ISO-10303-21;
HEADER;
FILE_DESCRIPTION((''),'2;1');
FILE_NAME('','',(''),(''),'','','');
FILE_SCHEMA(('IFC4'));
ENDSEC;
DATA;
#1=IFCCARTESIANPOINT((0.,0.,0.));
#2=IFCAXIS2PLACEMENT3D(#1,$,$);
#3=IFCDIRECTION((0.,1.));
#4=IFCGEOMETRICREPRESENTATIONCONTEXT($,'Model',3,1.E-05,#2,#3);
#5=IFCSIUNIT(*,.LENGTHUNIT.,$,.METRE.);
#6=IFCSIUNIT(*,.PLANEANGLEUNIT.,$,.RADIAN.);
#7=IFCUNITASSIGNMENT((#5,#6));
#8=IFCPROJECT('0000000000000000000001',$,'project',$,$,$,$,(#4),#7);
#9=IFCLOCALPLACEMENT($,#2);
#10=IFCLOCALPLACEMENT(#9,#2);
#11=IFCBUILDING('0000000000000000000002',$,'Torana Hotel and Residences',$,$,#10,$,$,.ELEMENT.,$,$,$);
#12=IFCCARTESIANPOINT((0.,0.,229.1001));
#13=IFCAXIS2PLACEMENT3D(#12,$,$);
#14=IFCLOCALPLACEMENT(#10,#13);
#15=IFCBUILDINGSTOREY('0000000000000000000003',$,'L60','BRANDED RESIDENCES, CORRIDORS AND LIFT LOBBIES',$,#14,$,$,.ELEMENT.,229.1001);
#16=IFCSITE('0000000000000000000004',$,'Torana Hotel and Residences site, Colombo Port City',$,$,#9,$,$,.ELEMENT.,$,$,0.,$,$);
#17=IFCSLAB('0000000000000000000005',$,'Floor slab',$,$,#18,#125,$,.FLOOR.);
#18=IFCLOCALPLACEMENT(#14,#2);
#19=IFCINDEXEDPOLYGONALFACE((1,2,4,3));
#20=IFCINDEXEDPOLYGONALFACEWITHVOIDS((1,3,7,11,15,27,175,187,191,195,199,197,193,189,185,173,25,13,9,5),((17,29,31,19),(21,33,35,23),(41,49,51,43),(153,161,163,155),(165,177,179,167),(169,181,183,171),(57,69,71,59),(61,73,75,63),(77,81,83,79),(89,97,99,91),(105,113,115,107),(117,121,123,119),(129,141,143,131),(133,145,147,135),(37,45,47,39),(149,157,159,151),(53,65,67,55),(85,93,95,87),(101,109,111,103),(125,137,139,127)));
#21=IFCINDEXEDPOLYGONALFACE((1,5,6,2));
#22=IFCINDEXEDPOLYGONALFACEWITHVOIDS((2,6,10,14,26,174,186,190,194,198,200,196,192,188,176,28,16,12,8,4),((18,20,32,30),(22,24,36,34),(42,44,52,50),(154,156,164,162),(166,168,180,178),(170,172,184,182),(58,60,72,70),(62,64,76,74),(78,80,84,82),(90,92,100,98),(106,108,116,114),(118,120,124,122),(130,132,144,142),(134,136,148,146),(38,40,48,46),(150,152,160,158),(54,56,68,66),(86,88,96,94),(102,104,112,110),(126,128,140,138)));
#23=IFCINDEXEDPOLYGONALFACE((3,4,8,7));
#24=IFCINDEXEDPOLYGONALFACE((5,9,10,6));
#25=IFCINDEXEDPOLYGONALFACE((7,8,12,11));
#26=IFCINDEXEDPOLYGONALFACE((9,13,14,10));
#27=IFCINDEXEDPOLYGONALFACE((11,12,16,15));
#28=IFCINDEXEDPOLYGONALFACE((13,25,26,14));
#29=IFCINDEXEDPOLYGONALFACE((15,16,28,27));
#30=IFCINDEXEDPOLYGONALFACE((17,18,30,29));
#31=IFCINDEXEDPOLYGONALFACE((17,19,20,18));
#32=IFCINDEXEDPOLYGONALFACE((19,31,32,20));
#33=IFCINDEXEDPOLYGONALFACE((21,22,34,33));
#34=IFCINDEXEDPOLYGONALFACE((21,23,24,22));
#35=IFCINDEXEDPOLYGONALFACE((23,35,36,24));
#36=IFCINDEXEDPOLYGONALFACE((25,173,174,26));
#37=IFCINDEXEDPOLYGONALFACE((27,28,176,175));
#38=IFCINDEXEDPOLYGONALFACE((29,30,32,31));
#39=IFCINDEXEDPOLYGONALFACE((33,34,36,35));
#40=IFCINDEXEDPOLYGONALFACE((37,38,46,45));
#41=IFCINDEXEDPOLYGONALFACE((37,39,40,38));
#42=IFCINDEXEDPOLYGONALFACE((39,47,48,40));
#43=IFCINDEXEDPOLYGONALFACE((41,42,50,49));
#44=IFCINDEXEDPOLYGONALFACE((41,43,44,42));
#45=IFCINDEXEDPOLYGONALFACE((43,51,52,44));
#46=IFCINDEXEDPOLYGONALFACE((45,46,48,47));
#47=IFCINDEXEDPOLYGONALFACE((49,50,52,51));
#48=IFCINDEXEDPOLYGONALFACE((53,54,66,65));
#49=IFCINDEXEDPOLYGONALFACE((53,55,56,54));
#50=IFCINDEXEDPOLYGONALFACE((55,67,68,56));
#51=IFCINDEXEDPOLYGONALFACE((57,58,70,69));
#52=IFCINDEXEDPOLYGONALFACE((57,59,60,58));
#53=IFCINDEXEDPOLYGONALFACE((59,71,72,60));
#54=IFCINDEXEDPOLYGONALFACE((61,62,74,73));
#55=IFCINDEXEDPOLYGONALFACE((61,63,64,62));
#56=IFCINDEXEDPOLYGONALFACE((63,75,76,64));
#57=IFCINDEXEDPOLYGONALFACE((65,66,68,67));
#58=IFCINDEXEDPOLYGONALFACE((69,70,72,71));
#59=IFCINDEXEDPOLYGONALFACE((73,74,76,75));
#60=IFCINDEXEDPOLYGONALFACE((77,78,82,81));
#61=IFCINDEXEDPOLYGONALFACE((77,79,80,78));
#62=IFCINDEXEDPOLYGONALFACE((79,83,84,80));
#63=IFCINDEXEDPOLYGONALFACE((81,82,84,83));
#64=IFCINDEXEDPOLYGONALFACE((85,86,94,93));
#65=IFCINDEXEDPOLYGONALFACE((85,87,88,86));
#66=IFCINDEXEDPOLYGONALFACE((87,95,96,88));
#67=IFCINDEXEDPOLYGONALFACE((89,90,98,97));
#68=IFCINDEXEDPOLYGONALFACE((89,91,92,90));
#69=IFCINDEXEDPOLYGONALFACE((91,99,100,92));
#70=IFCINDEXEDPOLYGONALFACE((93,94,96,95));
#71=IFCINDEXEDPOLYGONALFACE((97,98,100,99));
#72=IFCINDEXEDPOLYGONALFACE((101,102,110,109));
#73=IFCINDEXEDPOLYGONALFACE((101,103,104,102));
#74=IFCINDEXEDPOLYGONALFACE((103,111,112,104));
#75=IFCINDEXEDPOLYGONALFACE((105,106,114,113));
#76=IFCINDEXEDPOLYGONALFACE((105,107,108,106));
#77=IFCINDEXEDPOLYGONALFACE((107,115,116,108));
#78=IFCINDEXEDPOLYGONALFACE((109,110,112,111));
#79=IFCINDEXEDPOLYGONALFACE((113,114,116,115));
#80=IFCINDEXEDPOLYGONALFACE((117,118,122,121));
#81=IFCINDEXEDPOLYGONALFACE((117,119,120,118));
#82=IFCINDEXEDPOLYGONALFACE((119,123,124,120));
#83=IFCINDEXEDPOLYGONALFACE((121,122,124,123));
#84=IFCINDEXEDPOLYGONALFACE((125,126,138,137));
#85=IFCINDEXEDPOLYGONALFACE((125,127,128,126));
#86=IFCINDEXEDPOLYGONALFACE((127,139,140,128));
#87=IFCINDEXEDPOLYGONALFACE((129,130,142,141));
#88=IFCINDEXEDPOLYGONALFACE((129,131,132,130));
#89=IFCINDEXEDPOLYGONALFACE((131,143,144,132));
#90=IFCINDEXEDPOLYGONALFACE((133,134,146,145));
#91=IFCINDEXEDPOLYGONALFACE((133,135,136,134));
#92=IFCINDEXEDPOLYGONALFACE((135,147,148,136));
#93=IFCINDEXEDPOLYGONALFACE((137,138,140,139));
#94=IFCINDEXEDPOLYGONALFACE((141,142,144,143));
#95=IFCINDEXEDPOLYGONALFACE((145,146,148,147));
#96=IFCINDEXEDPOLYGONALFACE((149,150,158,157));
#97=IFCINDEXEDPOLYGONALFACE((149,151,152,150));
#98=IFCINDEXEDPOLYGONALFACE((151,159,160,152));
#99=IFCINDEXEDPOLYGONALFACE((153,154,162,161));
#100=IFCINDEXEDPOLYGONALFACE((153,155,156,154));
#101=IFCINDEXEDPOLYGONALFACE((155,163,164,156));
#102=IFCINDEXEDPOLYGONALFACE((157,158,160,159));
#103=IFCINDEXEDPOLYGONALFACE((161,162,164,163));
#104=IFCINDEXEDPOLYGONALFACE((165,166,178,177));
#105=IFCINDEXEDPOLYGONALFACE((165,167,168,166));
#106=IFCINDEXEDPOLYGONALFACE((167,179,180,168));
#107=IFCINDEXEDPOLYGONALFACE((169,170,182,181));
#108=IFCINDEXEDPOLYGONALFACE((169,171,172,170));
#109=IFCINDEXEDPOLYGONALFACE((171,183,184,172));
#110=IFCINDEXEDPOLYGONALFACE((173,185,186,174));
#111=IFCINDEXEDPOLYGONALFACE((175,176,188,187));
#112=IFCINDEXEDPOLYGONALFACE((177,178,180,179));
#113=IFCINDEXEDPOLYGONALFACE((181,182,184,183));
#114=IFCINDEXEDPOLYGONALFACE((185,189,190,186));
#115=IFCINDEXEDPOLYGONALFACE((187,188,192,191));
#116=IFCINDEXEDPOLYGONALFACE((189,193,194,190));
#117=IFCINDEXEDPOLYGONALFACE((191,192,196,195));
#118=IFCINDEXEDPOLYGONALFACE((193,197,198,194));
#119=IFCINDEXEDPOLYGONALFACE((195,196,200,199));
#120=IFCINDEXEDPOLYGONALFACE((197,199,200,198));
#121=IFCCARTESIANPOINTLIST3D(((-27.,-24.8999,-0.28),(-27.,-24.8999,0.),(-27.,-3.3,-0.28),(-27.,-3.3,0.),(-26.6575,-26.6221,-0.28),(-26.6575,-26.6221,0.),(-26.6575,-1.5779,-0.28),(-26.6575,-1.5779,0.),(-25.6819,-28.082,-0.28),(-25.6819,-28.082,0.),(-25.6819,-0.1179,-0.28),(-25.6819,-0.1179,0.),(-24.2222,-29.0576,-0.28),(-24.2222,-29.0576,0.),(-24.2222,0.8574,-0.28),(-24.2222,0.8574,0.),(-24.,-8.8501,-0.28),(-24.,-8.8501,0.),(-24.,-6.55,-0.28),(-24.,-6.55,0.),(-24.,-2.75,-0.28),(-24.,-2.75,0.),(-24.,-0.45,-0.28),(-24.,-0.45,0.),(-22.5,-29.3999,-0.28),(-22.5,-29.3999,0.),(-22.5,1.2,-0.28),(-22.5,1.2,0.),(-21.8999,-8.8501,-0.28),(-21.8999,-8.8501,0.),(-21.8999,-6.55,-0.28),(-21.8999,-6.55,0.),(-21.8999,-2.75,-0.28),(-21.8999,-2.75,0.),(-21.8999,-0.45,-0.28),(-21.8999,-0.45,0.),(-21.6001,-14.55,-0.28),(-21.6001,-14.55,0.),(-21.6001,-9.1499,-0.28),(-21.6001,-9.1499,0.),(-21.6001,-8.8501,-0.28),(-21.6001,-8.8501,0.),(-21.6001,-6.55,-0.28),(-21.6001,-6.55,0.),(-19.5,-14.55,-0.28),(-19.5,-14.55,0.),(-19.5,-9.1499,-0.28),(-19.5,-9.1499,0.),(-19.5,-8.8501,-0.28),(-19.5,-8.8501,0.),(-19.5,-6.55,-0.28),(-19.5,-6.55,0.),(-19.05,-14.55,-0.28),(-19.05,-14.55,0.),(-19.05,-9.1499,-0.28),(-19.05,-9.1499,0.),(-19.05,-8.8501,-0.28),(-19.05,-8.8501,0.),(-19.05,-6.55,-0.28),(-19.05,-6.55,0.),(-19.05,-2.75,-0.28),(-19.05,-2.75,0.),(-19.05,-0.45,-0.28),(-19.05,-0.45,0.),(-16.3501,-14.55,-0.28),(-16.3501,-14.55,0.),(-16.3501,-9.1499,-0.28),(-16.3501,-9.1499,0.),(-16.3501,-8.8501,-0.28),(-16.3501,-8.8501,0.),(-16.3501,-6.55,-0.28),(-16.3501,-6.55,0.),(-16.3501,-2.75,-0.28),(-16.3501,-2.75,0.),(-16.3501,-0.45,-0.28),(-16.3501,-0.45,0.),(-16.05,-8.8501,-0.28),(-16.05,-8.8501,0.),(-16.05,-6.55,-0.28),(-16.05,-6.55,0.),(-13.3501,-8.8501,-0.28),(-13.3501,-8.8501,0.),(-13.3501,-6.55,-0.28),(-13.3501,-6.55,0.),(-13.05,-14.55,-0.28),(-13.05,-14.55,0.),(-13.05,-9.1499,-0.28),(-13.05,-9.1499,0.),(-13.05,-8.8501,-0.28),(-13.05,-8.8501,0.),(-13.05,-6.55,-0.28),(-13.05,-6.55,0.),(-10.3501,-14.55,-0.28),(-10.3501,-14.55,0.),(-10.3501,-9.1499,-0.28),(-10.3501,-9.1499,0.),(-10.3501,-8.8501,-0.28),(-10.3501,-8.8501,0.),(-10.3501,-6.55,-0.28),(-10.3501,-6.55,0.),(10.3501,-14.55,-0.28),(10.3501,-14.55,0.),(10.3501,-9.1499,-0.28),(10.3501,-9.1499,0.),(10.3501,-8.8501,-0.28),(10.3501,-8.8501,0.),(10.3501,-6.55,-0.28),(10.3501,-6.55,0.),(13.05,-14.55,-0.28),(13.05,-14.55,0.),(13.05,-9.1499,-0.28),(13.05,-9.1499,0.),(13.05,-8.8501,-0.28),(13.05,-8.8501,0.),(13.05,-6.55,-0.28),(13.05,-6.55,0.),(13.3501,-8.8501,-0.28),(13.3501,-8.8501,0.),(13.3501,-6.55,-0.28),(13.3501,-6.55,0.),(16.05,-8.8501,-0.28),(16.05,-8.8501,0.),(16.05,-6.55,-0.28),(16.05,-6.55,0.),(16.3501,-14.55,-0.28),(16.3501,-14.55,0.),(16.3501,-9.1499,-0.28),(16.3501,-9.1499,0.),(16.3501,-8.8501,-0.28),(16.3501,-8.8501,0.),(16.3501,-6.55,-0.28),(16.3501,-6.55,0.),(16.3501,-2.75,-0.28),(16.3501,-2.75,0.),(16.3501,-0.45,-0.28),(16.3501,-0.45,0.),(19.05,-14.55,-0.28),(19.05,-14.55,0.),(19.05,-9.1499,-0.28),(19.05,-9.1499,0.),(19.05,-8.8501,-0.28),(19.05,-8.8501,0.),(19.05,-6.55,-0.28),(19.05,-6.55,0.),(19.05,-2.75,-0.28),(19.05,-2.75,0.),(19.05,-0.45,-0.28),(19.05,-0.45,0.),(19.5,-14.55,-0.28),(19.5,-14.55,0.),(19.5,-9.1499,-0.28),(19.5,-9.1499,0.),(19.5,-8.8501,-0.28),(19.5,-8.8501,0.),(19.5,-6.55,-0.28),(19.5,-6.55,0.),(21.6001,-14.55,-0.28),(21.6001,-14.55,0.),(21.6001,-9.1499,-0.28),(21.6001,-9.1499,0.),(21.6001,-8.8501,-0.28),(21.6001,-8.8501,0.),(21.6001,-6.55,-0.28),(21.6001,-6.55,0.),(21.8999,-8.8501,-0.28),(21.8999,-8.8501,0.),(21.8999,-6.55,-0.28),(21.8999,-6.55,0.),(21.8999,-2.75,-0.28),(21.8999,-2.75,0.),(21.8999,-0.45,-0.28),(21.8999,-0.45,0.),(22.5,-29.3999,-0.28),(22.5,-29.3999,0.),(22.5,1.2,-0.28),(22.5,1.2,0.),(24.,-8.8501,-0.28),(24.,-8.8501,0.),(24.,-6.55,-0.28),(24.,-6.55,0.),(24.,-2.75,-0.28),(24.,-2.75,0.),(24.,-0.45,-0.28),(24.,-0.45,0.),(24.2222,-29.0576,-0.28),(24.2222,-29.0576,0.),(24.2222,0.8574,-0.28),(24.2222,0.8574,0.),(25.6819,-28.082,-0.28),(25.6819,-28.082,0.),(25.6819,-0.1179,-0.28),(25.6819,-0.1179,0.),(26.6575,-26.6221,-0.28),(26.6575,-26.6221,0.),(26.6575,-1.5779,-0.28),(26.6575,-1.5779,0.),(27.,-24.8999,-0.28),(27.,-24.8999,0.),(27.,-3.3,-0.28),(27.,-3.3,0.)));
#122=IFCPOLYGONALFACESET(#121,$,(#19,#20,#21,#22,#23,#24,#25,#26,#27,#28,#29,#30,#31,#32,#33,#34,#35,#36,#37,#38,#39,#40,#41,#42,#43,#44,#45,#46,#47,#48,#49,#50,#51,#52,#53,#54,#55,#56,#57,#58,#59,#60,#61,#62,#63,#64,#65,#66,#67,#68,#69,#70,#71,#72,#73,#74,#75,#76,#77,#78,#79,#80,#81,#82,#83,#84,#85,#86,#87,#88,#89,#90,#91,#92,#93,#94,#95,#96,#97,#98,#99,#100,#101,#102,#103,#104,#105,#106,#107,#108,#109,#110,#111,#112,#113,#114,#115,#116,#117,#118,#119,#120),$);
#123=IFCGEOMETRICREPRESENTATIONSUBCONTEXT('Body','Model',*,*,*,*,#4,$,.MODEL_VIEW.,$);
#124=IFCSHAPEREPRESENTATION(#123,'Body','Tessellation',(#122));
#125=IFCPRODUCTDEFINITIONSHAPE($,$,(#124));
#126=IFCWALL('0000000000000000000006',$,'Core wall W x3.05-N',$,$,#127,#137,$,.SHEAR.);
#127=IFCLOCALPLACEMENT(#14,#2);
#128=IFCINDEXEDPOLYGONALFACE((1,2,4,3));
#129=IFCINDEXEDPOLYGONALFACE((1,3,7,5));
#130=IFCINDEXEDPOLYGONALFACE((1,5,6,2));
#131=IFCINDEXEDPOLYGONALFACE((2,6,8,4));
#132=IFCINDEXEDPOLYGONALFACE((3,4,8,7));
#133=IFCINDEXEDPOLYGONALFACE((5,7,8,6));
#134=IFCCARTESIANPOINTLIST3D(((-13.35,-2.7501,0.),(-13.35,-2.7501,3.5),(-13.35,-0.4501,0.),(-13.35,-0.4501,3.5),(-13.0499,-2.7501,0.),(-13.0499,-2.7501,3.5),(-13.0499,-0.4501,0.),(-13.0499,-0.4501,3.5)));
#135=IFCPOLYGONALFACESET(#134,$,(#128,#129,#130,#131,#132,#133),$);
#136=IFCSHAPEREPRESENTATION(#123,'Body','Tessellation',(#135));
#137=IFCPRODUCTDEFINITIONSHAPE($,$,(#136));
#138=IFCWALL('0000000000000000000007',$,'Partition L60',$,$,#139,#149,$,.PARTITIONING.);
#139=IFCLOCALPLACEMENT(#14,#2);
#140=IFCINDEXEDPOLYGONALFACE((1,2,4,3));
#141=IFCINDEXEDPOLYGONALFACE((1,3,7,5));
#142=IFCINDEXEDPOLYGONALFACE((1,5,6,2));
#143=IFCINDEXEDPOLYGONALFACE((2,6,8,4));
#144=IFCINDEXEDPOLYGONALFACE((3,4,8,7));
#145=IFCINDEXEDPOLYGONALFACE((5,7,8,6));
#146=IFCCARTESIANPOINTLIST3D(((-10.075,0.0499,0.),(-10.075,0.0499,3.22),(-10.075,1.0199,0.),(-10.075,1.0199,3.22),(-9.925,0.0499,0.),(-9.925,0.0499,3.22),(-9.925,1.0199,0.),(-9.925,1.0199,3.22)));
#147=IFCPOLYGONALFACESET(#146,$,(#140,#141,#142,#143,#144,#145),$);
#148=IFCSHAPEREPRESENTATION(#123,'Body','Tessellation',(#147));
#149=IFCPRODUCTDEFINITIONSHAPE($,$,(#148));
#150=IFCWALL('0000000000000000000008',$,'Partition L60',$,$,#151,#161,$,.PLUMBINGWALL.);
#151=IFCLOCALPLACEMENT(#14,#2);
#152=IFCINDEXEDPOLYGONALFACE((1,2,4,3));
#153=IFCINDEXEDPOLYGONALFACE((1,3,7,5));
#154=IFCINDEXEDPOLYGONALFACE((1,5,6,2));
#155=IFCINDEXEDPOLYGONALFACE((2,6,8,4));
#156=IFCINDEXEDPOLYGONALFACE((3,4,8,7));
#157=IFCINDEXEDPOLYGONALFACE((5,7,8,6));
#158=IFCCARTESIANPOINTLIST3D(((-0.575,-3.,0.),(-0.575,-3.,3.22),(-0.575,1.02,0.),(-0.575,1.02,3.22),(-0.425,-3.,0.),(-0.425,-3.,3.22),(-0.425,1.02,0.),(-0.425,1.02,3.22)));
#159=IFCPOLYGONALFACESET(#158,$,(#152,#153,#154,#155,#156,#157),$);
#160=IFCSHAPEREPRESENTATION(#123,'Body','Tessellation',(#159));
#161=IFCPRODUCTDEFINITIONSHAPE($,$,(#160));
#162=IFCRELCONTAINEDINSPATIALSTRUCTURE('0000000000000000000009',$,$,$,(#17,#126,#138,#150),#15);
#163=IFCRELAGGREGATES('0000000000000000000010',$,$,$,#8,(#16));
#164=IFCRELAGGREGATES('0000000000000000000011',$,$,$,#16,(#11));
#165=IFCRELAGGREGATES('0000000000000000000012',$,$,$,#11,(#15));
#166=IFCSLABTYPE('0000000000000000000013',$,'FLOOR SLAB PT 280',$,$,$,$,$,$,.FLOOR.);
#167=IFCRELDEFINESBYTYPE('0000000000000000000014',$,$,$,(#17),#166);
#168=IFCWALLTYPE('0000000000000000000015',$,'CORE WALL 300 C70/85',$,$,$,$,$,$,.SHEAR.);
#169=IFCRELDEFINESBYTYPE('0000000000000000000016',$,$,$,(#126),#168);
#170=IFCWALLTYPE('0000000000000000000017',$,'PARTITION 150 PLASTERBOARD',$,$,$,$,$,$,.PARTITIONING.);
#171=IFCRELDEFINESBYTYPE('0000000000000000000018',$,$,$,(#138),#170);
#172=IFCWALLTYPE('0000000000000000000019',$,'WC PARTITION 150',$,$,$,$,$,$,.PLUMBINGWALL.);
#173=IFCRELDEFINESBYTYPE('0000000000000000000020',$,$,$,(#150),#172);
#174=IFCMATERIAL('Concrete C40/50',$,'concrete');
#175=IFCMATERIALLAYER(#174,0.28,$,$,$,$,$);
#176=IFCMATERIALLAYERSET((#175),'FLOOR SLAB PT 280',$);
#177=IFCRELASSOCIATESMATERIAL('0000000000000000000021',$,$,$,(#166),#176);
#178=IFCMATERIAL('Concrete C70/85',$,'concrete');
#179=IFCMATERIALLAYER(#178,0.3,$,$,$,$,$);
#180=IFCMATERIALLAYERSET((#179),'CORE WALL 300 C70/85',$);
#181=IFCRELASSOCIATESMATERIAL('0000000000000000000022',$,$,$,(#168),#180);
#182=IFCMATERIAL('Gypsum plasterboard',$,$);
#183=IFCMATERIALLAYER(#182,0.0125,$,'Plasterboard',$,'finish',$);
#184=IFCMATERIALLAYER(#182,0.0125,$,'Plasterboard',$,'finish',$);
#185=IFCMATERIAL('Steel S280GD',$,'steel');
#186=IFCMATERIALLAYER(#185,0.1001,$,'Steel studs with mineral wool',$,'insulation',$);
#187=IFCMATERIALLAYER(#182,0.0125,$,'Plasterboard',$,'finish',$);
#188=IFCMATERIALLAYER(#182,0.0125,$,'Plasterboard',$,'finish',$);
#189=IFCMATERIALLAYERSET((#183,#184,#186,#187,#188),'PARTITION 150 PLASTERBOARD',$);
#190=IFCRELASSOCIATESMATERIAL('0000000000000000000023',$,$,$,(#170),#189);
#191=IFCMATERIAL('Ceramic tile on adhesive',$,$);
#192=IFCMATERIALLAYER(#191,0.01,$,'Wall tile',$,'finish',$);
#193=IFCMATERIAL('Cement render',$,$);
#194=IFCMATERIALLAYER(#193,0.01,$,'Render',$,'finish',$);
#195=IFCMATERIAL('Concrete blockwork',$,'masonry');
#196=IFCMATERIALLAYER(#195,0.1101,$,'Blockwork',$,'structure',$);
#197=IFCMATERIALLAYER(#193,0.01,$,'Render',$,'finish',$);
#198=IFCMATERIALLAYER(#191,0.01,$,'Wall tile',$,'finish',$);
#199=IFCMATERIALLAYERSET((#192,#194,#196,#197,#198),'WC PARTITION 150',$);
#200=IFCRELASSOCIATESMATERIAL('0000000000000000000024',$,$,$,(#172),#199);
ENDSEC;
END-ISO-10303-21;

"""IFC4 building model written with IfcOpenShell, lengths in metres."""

from ifc_helpers import new_model, si_unit, direction, frame, frame_2d, origin, place, context, subcontext, project, spatial, polyline, rectangle, outline, extrude, material, layer, layer_set, type_object, element, save


model = new_model("IFC4")

# Units and contexts
model_context = context("Model", 3, precision=1e-05, world=origin(), true_north=direction((0.0, 1.0)))
body_context = subcontext(model_context, "Body", "Model", "MODEL_VIEW")
ifc_project = project(units=[si_unit("LENGTHUNIT", "METRE"), si_unit("PLANEANGLEUNIT", "RADIAN")], contexts=[model_context])

# Site, building, storey
site_placement = place(None, origin())
site = spatial("IfcSite", under=ifc_project, at=site_placement, Name="Torana Hotel and Residences site, Colombo Port City", CompositionType="ELEMENT", RefElevation=0.0)
building_placement = place(site_placement, origin())
building = spatial("IfcBuilding", under=site, at=building_placement, Name="Torana Hotel and Residences", CompositionType="ELEMENT")
storey_placement = place(building_placement, frame((0.0, 0.0, 229.1001)))
storey = spatial("IfcBuildingStorey", under=building, at=storey_placement, Name="L60", Description="BRANDED RESIDENCES, CORRIDORS AND LIFT LOBBIES", CompositionType="ELEMENT", Elevation=229.1001)

# Slab
ifc_material_1 = material(Name="Concrete C40/50", Category="concrete")
ifc_layer_1 = layer(ifc_material_1, 0.28)
ifc_layer_set_1 = layer_set([ifc_layer_1], Name="FLOOR SLAB PT 280")
slab_type_1 = type_object("IfcSlabType", Name="FLOOR SLAB PT 280", PredefinedType="FLOOR", material=ifc_layer_set_1)
slab_1_placement = place(storey_placement, frame((0.0, 0.0, -0.28)))
element("IfcSlab", 1, at=slab_1_placement, inside=storey, type_object=slab_type_1, Name="Floor slab", PredefinedType="FLOOR", context=body_context, shape_type="SweptSolid", body=[
    extrude(outline(polyline([(27.0, -3.3), (26.6575, -1.5779), (25.6819, -0.1179), (24.2222, 0.8574), (22.5, 1.2), (-22.5, 1.2), (-24.2222, 0.8574), (-25.6819, -0.1179), (-26.6575, -1.5779), (-27.0, -3.3), (-27.0, -24.8999), (-26.6575, -26.6221), (-25.6819, -28.082), (-24.2222, -29.0576), (-22.5, -29.3999), (22.5, -29.3999), (24.2222, -29.0576), (25.6819, -28.082), (26.6575, -26.6221), (27.0, -24.8999), (27.0, -3.3)]), holes=[polyline([(-13.05, -14.55), (-10.3501, -14.55), (-10.3501, -9.1499), (-13.05, -9.1499), (-13.05, -14.55)]), polyline([(-19.05, -14.55), (-16.3501, -14.55), (-16.3501, -9.1499), (-19.05, -9.1499), (-19.05, -14.55)]), polyline([(-19.05, -2.75), (-16.3501, -2.75), (-16.3501, -0.45), (-19.05, -0.45), (-19.05, -2.75)]), polyline([(-21.6001, -8.8501), (-19.5, -8.8501), (-19.5, -6.55), (-21.6001, -6.55), (-21.6001, -8.8501)]), polyline([(-24.0, -2.75), (-21.8999, -2.75), (-21.8999, -0.45), (-24.0, -0.45), (-24.0, -2.75)]), polyline([(-24.0, -8.8501), (-21.8999, -8.8501), (-21.8999, -6.55), (-24.0, -6.55), (-24.0, -8.8501)]), polyline([(-13.05, -8.8501), (-10.3501, -8.8501), (-10.3501, -6.55), (-13.05, -6.55), (-13.05, -8.8501)]), polyline([(-16.05, -8.8501), (-13.3501, -8.8501), (-13.3501, -6.55), (-16.05, -6.55), (-16.05, -8.8501)]), polyline([(-19.05, -8.8501), (-16.3501, -8.8501), (-16.3501, -6.55), (-19.05, -6.55), (-19.05, -8.8501)]), polyline([(-21.6001, -14.55), (-19.5, -14.55), (-19.5, -9.1499), (-21.6001, -9.1499), (-21.6001, -14.55)]), polyline([(10.3501, -14.55), (13.05, -14.55), (13.05, -9.1499), (10.3501, -9.1499), (10.3501, -14.55)]), polyline([(16.3501, -14.55), (19.05, -14.55), (19.05, -9.1499), (16.3501, -9.1499), (16.3501, -14.55)]), polyline([(16.3501, -2.75), (19.05, -2.75), (19.05, -0.45), (16.3501, -0.45), (16.3501, -2.75)]), polyline([(19.5, -8.8501), (21.6001, -8.8501), (21.6001, -6.55), (19.5, -6.55), (19.5, -8.8501)]), polyline([(21.8999, -2.75), (24.0, -2.75), (24.0, -0.45), (21.8999, -0.45), (21.8999, -2.75)]), polyline([(21.8999, -8.8501), (24.0, -8.8501), (24.0, -6.55), (21.8999, -6.55), (21.8999, -8.8501)]), polyline([(10.3501, -8.8501), (13.05, -8.8501), (13.05, -6.55), (10.3501, -6.55), (10.3501, -8.8501)]), polyline([(13.3501, -8.8501), (16.05, -8.8501), (16.05, -6.55), (13.3501, -6.55), (13.3501, -8.8501)]), polyline([(16.3501, -8.8501), (19.05, -8.8501), (19.05, -6.55), (16.3501, -6.55), (16.3501, -8.8501)]), polyline([(19.5, -14.55), (21.6001, -14.55), (21.6001, -9.1499), (19.5, -9.1499), (19.5, -14.55)])]), origin(), (0.0, 0.0, 1.0), 0.28),
])

# Walls
ifc_material_2 = material(Name="Concrete C70/85", Category="concrete")
ifc_layer_2 = layer(ifc_material_2, 0.3)
ifc_layer_set_2 = layer_set([ifc_layer_2], Name="CORE WALL 300 C70/85")
wall_type_1 = type_object("IfcWallType", Name="CORE WALL 300 C70/85", PredefinedType="SHEAR", material=ifc_layer_set_2)
wall_1_placement = place(storey_placement, frame((-13.2, -2.75, 0.0), z_axis=(0.0, 0.0, 1.0), x_axis=(0.0, 1.0, 0.0)))
element("IfcWall", 2, at=wall_1_placement, inside=storey, type_object=wall_type_1, Name="Core wall W x3.05-N", PredefinedType="SHEAR", context=body_context, shape_type="SweptSolid", body=[
    extrude(rectangle(XDim=2.3, YDim=0.3, at=frame_2d((1.1499, 0.0))), origin(), (0.0, 0.0, 1.0), 3.5),
])
ifc_material_3 = material(Name="Gypsum plasterboard")
ifc_layer_3 = layer(ifc_material_3, 0.0125, Name="Plasterboard", Category="finish")
ifc_layer_4 = layer(ifc_material_3, 0.0125, Name="Plasterboard", Category="finish")
ifc_material_4 = material(Name="Steel S280GD", Category="steel")
ifc_layer_5 = layer(ifc_material_4, 0.1001, Name="Steel studs with mineral wool", Category="insulation")
ifc_layer_6 = layer(ifc_material_3, 0.0125, Name="Plasterboard", Category="finish")
ifc_layer_7 = layer(ifc_material_3, 0.0125, Name="Plasterboard", Category="finish")
ifc_layer_set_3 = layer_set([ifc_layer_3, ifc_layer_4, ifc_layer_5, ifc_layer_6, ifc_layer_7], Name="PARTITION 150 PLASTERBOARD")
wall_type_2 = type_object("IfcWallType", Name="PARTITION 150 PLASTERBOARD", PredefinedType="PARTITIONING", material=ifc_layer_set_3)
wall_2_placement = place(storey_placement, frame((-10.0, 0.05, 0.0), z_axis=(0.0, 0.0, 1.0), x_axis=(0.0, 1.0, 0.0)))
element("IfcWall", 3, at=wall_2_placement, inside=storey, type_object=wall_type_2, Name="Partition L60", PredefinedType="PARTITIONING", context=body_context, shape_type="SweptSolid", body=[
    extrude(rectangle(XDim=0.97, YDim=0.1499, at=frame_2d((0.4849, 0.0))), origin(), (0.0, 0.0, 1.0), 3.22),
])
ifc_material_5 = material(Name="Ceramic tile on adhesive")
ifc_layer_8 = layer(ifc_material_5, 0.01, Name="Wall tile", Category="finish")
ifc_material_6 = material(Name="Cement render")
ifc_layer_9 = layer(ifc_material_6, 0.01, Name="Render", Category="finish")
ifc_material_7 = material(Name="Concrete blockwork", Category="masonry")
ifc_layer_10 = layer(ifc_material_7, 0.1101, Name="Blockwork", Category="structure")
ifc_layer_11 = layer(ifc_material_6, 0.01, Name="Render", Category="finish")
ifc_layer_12 = layer(ifc_material_5, 0.01, Name="Wall tile", Category="finish")
ifc_layer_set_4 = layer_set([ifc_layer_8, ifc_layer_9, ifc_layer_10, ifc_layer_11, ifc_layer_12], Name="WC PARTITION 150")
wall_type_3 = type_object("IfcWallType", Name="WC PARTITION 150", PredefinedType="PLUMBINGWALL", material=ifc_layer_set_4)
for number, where, z_axis, x_axis, name in (
    (4, (-0.5, -3.0, 0.0), (0.0, 0.0, 1.0), (0.0, 1.0, 0.0), "Partition L60"),
):
    element("IfcWall", number, at=place(storey_placement, frame(where, z_axis=z_axis, x_axis=x_axis)), inside=storey, type_object=wall_type_3, Name=name, PredefinedType="PLUMBINGWALL", context=body_context, shape_type="SweptSolid", body=[
        extrude(rectangle(XDim=4.02, YDim=0.1499, at=frame_2d((2.01, 0.0))), origin(), (0.0, 0.0, 1.0), 3.22),
    ])

save(model, "model.ifc")
